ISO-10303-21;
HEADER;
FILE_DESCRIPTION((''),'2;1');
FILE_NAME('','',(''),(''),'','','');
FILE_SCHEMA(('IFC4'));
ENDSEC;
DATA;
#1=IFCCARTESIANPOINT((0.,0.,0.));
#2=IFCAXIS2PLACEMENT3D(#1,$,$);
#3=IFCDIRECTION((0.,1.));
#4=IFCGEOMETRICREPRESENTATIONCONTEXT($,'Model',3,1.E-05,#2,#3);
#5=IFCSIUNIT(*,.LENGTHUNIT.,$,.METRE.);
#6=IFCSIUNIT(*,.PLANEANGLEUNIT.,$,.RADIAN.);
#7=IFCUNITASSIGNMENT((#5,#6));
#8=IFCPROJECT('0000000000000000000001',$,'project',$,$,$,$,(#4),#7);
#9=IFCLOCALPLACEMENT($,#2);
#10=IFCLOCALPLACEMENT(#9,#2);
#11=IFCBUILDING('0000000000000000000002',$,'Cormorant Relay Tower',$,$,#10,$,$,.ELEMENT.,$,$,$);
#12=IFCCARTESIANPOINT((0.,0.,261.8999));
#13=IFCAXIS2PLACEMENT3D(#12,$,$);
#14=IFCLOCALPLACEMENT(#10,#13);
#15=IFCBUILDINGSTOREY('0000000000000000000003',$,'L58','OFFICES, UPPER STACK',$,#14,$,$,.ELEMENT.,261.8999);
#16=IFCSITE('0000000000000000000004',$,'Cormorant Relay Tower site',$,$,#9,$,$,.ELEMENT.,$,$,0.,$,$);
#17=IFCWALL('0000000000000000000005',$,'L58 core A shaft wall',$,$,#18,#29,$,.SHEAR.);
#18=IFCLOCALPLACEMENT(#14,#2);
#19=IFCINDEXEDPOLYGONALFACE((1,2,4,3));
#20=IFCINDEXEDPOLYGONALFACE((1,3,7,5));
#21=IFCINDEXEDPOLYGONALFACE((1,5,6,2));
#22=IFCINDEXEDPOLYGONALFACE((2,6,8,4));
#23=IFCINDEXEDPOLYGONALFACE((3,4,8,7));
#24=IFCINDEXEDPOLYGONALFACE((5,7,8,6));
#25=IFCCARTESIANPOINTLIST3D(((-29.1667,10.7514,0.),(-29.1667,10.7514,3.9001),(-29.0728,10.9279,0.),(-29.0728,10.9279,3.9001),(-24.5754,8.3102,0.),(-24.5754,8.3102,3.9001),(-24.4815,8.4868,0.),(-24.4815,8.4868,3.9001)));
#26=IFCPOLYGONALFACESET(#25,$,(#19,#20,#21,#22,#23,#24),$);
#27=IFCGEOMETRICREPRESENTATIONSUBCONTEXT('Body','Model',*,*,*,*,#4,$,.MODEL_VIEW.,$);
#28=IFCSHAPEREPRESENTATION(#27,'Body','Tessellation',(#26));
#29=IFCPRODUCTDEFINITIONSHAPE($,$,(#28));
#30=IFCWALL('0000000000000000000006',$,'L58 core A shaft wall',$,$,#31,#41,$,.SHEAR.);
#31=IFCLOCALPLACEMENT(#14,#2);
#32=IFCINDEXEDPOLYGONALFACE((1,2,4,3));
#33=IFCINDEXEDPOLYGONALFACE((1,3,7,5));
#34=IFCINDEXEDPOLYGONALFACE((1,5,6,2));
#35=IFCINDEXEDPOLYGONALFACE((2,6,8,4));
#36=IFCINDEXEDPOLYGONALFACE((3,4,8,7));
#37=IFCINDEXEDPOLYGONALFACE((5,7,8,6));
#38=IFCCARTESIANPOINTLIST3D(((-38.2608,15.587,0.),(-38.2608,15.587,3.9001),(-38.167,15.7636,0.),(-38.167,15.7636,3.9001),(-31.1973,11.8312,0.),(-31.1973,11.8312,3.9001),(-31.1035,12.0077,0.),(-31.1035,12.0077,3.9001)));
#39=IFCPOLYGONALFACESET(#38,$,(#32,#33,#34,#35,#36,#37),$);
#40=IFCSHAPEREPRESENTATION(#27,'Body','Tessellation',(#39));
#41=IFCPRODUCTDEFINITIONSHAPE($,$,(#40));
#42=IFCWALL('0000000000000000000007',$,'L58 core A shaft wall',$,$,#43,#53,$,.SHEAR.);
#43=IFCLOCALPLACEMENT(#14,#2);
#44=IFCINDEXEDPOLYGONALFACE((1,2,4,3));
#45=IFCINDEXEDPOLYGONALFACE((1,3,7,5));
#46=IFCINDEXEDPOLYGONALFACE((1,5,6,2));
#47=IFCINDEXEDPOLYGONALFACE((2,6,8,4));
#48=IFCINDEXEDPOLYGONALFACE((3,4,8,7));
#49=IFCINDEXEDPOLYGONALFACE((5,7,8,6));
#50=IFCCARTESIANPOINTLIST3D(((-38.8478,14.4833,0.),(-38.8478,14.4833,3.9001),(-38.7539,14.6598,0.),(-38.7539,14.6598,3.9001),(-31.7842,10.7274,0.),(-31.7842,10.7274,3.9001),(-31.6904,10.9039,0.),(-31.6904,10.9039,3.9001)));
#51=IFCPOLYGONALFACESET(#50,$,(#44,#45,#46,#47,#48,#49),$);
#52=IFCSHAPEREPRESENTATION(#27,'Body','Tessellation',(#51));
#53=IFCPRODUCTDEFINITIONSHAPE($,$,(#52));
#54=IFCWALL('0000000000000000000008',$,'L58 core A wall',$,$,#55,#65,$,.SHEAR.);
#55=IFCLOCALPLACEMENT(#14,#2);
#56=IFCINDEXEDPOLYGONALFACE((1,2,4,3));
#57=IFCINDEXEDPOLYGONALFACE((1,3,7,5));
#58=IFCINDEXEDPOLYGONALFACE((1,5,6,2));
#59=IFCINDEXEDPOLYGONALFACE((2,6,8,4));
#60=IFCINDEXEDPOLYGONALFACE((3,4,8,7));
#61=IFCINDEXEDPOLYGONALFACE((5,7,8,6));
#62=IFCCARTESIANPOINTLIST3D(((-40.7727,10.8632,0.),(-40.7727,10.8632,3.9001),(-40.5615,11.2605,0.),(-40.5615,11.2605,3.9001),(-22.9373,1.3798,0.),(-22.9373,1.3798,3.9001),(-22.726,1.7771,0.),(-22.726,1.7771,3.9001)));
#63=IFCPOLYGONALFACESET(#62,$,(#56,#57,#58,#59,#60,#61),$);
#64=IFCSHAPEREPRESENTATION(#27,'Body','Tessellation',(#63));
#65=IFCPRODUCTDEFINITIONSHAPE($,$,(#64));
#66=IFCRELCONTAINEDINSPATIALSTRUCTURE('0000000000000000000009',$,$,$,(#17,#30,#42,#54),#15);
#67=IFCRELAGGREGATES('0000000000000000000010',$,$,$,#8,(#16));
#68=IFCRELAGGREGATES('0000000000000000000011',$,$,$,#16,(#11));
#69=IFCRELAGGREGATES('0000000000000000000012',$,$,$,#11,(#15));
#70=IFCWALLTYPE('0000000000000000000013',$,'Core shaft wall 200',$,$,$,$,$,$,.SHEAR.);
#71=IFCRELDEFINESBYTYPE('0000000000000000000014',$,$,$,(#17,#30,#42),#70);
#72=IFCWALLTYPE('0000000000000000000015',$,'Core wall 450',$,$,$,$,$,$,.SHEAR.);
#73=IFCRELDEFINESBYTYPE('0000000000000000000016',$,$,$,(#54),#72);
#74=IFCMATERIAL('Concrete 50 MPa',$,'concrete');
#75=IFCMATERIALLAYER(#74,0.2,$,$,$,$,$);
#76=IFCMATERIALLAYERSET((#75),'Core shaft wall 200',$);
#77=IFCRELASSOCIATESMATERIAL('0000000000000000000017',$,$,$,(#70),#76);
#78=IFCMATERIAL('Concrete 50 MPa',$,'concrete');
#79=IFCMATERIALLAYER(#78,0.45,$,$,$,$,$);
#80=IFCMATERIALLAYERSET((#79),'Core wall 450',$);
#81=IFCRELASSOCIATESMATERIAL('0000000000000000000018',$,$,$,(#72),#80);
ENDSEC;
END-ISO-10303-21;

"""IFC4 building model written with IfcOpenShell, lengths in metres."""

from ifc_helpers import new_model, si_unit, direction, frame, frame_2d, origin, place, context, subcontext, project, spatial, rectangle, extrude, material, layer, layer_set, type_object, element, save


model = new_model("IFC4")

# Units and contexts
model_context = context("Model", 3, precision=1e-05, world=origin(), true_north=direction((0.0, 1.0)))
body_context = subcontext(model_context, "Body", "Model", "MODEL_VIEW")
ifc_project = project(units=[si_unit("LENGTHUNIT", "METRE"), si_unit("PLANEANGLEUNIT", "RADIAN")], contexts=[model_context])

# Site, building, storey
site_placement = place(None, origin())
site = spatial("IfcSite", under=ifc_project, at=site_placement, Name="Cormorant Relay Tower site", CompositionType="ELEMENT", RefElevation=0.0)
building_placement = place(site_placement, origin())
building = spatial("IfcBuilding", under=site, at=building_placement, Name="Cormorant Relay Tower", CompositionType="ELEMENT")
storey_placement = place(building_placement, frame((0.0, 0.0, 261.8999)))
storey = spatial("IfcBuildingStorey", under=building, at=storey_placement, Name="L58", Description="OFFICES, UPPER STACK", CompositionType="ELEMENT", Elevation=261.8999)

# Shared definitions
ifc_material_1 = material(Name="Concrete 50 MPa", Category="concrete")
ifc_layer_1 = layer(ifc_material_1, 0.2)
ifc_layer_set_1 = layer_set([ifc_layer_1], Name="Core shaft wall 200")
wall_type_1 = type_object("IfcWallType", Name="Core shaft wall 200", PredefinedType="SHEAR", material=ifc_layer_set_1)

# Walls
wall_1_placement = place(storey_placement, frame((-24.5283, 8.3984, 0.0), z_axis=(0.0, 0.0, 1.0), x_axis=(-0.882954, 0.46946, 0.0)))
element("IfcWall", 1, at=wall_1_placement, inside=storey, type_object=wall_type_1, Name="L58 core A shaft wall", PredefinedType="SHEAR", context=body_context, shape_type="SweptSolid", body=[
    extrude(rectangle(XDim=5.2, YDim=0.2, at=frame_2d((2.6001, 0.0))), origin(), (0.0, 0.0, 1.0), 3.9001),
])
for number, where, z_axis, x_axis, name in (
    (2, (-31.1504, 11.9194, 0.0), (0.0, 0.0, 1.0), (-0.88294, 0.469485, 0.0), "L58 core A shaft wall"),
    (3, (-31.7373, 10.8157, 0.0), (0.0, 0.0, 1.0), (-0.88294, 0.469485, 0.0), "L58 core A shaft wall"),
):
    element("IfcWall", number, at=place(storey_placement, frame(where, z_axis=z_axis, x_axis=x_axis)), inside=storey, type_object=wall_type_1, Name=name, PredefinedType="SHEAR", context=body_context, shape_type="SweptSolid", body=[
        extrude(rectangle(XDim=8.0, YDim=0.2, at=frame_2d((4.0, 0.0))), origin(), (0.0, 0.0, 1.0), 3.9001),
    ])
ifc_material_2 = material(Name="Concrete 50 MPa", Category="concrete")
ifc_layer_2 = layer(ifc_material_2, 0.45)
ifc_layer_set_2 = layer_set([ifc_layer_2], Name="Core wall 450")
wall_type_2 = type_object("IfcWallType", Name="Core wall 450", PredefinedType="SHEAR", material=ifc_layer_set_2)
wall_2_placement = place(storey_placement, frame((-22.8315, 1.5784, 0.0), z_axis=(0.0, 0.0, 1.0), x_axis=(-0.882945, 0.469476, 0.0)))
element("IfcWall", 4, at=wall_2_placement, inside=storey, type_object=wall_type_2, Name="L58 core A wall", PredefinedType="SHEAR", context=body_context, shape_type="SweptSolid", body=[
    extrude(rectangle(XDim=20.2, YDim=0.45, at=frame_2d((10.1001, 0.0))), origin(), (0.0, 0.0, 1.0), 3.9001),
])

save(model, "model.ifc")
